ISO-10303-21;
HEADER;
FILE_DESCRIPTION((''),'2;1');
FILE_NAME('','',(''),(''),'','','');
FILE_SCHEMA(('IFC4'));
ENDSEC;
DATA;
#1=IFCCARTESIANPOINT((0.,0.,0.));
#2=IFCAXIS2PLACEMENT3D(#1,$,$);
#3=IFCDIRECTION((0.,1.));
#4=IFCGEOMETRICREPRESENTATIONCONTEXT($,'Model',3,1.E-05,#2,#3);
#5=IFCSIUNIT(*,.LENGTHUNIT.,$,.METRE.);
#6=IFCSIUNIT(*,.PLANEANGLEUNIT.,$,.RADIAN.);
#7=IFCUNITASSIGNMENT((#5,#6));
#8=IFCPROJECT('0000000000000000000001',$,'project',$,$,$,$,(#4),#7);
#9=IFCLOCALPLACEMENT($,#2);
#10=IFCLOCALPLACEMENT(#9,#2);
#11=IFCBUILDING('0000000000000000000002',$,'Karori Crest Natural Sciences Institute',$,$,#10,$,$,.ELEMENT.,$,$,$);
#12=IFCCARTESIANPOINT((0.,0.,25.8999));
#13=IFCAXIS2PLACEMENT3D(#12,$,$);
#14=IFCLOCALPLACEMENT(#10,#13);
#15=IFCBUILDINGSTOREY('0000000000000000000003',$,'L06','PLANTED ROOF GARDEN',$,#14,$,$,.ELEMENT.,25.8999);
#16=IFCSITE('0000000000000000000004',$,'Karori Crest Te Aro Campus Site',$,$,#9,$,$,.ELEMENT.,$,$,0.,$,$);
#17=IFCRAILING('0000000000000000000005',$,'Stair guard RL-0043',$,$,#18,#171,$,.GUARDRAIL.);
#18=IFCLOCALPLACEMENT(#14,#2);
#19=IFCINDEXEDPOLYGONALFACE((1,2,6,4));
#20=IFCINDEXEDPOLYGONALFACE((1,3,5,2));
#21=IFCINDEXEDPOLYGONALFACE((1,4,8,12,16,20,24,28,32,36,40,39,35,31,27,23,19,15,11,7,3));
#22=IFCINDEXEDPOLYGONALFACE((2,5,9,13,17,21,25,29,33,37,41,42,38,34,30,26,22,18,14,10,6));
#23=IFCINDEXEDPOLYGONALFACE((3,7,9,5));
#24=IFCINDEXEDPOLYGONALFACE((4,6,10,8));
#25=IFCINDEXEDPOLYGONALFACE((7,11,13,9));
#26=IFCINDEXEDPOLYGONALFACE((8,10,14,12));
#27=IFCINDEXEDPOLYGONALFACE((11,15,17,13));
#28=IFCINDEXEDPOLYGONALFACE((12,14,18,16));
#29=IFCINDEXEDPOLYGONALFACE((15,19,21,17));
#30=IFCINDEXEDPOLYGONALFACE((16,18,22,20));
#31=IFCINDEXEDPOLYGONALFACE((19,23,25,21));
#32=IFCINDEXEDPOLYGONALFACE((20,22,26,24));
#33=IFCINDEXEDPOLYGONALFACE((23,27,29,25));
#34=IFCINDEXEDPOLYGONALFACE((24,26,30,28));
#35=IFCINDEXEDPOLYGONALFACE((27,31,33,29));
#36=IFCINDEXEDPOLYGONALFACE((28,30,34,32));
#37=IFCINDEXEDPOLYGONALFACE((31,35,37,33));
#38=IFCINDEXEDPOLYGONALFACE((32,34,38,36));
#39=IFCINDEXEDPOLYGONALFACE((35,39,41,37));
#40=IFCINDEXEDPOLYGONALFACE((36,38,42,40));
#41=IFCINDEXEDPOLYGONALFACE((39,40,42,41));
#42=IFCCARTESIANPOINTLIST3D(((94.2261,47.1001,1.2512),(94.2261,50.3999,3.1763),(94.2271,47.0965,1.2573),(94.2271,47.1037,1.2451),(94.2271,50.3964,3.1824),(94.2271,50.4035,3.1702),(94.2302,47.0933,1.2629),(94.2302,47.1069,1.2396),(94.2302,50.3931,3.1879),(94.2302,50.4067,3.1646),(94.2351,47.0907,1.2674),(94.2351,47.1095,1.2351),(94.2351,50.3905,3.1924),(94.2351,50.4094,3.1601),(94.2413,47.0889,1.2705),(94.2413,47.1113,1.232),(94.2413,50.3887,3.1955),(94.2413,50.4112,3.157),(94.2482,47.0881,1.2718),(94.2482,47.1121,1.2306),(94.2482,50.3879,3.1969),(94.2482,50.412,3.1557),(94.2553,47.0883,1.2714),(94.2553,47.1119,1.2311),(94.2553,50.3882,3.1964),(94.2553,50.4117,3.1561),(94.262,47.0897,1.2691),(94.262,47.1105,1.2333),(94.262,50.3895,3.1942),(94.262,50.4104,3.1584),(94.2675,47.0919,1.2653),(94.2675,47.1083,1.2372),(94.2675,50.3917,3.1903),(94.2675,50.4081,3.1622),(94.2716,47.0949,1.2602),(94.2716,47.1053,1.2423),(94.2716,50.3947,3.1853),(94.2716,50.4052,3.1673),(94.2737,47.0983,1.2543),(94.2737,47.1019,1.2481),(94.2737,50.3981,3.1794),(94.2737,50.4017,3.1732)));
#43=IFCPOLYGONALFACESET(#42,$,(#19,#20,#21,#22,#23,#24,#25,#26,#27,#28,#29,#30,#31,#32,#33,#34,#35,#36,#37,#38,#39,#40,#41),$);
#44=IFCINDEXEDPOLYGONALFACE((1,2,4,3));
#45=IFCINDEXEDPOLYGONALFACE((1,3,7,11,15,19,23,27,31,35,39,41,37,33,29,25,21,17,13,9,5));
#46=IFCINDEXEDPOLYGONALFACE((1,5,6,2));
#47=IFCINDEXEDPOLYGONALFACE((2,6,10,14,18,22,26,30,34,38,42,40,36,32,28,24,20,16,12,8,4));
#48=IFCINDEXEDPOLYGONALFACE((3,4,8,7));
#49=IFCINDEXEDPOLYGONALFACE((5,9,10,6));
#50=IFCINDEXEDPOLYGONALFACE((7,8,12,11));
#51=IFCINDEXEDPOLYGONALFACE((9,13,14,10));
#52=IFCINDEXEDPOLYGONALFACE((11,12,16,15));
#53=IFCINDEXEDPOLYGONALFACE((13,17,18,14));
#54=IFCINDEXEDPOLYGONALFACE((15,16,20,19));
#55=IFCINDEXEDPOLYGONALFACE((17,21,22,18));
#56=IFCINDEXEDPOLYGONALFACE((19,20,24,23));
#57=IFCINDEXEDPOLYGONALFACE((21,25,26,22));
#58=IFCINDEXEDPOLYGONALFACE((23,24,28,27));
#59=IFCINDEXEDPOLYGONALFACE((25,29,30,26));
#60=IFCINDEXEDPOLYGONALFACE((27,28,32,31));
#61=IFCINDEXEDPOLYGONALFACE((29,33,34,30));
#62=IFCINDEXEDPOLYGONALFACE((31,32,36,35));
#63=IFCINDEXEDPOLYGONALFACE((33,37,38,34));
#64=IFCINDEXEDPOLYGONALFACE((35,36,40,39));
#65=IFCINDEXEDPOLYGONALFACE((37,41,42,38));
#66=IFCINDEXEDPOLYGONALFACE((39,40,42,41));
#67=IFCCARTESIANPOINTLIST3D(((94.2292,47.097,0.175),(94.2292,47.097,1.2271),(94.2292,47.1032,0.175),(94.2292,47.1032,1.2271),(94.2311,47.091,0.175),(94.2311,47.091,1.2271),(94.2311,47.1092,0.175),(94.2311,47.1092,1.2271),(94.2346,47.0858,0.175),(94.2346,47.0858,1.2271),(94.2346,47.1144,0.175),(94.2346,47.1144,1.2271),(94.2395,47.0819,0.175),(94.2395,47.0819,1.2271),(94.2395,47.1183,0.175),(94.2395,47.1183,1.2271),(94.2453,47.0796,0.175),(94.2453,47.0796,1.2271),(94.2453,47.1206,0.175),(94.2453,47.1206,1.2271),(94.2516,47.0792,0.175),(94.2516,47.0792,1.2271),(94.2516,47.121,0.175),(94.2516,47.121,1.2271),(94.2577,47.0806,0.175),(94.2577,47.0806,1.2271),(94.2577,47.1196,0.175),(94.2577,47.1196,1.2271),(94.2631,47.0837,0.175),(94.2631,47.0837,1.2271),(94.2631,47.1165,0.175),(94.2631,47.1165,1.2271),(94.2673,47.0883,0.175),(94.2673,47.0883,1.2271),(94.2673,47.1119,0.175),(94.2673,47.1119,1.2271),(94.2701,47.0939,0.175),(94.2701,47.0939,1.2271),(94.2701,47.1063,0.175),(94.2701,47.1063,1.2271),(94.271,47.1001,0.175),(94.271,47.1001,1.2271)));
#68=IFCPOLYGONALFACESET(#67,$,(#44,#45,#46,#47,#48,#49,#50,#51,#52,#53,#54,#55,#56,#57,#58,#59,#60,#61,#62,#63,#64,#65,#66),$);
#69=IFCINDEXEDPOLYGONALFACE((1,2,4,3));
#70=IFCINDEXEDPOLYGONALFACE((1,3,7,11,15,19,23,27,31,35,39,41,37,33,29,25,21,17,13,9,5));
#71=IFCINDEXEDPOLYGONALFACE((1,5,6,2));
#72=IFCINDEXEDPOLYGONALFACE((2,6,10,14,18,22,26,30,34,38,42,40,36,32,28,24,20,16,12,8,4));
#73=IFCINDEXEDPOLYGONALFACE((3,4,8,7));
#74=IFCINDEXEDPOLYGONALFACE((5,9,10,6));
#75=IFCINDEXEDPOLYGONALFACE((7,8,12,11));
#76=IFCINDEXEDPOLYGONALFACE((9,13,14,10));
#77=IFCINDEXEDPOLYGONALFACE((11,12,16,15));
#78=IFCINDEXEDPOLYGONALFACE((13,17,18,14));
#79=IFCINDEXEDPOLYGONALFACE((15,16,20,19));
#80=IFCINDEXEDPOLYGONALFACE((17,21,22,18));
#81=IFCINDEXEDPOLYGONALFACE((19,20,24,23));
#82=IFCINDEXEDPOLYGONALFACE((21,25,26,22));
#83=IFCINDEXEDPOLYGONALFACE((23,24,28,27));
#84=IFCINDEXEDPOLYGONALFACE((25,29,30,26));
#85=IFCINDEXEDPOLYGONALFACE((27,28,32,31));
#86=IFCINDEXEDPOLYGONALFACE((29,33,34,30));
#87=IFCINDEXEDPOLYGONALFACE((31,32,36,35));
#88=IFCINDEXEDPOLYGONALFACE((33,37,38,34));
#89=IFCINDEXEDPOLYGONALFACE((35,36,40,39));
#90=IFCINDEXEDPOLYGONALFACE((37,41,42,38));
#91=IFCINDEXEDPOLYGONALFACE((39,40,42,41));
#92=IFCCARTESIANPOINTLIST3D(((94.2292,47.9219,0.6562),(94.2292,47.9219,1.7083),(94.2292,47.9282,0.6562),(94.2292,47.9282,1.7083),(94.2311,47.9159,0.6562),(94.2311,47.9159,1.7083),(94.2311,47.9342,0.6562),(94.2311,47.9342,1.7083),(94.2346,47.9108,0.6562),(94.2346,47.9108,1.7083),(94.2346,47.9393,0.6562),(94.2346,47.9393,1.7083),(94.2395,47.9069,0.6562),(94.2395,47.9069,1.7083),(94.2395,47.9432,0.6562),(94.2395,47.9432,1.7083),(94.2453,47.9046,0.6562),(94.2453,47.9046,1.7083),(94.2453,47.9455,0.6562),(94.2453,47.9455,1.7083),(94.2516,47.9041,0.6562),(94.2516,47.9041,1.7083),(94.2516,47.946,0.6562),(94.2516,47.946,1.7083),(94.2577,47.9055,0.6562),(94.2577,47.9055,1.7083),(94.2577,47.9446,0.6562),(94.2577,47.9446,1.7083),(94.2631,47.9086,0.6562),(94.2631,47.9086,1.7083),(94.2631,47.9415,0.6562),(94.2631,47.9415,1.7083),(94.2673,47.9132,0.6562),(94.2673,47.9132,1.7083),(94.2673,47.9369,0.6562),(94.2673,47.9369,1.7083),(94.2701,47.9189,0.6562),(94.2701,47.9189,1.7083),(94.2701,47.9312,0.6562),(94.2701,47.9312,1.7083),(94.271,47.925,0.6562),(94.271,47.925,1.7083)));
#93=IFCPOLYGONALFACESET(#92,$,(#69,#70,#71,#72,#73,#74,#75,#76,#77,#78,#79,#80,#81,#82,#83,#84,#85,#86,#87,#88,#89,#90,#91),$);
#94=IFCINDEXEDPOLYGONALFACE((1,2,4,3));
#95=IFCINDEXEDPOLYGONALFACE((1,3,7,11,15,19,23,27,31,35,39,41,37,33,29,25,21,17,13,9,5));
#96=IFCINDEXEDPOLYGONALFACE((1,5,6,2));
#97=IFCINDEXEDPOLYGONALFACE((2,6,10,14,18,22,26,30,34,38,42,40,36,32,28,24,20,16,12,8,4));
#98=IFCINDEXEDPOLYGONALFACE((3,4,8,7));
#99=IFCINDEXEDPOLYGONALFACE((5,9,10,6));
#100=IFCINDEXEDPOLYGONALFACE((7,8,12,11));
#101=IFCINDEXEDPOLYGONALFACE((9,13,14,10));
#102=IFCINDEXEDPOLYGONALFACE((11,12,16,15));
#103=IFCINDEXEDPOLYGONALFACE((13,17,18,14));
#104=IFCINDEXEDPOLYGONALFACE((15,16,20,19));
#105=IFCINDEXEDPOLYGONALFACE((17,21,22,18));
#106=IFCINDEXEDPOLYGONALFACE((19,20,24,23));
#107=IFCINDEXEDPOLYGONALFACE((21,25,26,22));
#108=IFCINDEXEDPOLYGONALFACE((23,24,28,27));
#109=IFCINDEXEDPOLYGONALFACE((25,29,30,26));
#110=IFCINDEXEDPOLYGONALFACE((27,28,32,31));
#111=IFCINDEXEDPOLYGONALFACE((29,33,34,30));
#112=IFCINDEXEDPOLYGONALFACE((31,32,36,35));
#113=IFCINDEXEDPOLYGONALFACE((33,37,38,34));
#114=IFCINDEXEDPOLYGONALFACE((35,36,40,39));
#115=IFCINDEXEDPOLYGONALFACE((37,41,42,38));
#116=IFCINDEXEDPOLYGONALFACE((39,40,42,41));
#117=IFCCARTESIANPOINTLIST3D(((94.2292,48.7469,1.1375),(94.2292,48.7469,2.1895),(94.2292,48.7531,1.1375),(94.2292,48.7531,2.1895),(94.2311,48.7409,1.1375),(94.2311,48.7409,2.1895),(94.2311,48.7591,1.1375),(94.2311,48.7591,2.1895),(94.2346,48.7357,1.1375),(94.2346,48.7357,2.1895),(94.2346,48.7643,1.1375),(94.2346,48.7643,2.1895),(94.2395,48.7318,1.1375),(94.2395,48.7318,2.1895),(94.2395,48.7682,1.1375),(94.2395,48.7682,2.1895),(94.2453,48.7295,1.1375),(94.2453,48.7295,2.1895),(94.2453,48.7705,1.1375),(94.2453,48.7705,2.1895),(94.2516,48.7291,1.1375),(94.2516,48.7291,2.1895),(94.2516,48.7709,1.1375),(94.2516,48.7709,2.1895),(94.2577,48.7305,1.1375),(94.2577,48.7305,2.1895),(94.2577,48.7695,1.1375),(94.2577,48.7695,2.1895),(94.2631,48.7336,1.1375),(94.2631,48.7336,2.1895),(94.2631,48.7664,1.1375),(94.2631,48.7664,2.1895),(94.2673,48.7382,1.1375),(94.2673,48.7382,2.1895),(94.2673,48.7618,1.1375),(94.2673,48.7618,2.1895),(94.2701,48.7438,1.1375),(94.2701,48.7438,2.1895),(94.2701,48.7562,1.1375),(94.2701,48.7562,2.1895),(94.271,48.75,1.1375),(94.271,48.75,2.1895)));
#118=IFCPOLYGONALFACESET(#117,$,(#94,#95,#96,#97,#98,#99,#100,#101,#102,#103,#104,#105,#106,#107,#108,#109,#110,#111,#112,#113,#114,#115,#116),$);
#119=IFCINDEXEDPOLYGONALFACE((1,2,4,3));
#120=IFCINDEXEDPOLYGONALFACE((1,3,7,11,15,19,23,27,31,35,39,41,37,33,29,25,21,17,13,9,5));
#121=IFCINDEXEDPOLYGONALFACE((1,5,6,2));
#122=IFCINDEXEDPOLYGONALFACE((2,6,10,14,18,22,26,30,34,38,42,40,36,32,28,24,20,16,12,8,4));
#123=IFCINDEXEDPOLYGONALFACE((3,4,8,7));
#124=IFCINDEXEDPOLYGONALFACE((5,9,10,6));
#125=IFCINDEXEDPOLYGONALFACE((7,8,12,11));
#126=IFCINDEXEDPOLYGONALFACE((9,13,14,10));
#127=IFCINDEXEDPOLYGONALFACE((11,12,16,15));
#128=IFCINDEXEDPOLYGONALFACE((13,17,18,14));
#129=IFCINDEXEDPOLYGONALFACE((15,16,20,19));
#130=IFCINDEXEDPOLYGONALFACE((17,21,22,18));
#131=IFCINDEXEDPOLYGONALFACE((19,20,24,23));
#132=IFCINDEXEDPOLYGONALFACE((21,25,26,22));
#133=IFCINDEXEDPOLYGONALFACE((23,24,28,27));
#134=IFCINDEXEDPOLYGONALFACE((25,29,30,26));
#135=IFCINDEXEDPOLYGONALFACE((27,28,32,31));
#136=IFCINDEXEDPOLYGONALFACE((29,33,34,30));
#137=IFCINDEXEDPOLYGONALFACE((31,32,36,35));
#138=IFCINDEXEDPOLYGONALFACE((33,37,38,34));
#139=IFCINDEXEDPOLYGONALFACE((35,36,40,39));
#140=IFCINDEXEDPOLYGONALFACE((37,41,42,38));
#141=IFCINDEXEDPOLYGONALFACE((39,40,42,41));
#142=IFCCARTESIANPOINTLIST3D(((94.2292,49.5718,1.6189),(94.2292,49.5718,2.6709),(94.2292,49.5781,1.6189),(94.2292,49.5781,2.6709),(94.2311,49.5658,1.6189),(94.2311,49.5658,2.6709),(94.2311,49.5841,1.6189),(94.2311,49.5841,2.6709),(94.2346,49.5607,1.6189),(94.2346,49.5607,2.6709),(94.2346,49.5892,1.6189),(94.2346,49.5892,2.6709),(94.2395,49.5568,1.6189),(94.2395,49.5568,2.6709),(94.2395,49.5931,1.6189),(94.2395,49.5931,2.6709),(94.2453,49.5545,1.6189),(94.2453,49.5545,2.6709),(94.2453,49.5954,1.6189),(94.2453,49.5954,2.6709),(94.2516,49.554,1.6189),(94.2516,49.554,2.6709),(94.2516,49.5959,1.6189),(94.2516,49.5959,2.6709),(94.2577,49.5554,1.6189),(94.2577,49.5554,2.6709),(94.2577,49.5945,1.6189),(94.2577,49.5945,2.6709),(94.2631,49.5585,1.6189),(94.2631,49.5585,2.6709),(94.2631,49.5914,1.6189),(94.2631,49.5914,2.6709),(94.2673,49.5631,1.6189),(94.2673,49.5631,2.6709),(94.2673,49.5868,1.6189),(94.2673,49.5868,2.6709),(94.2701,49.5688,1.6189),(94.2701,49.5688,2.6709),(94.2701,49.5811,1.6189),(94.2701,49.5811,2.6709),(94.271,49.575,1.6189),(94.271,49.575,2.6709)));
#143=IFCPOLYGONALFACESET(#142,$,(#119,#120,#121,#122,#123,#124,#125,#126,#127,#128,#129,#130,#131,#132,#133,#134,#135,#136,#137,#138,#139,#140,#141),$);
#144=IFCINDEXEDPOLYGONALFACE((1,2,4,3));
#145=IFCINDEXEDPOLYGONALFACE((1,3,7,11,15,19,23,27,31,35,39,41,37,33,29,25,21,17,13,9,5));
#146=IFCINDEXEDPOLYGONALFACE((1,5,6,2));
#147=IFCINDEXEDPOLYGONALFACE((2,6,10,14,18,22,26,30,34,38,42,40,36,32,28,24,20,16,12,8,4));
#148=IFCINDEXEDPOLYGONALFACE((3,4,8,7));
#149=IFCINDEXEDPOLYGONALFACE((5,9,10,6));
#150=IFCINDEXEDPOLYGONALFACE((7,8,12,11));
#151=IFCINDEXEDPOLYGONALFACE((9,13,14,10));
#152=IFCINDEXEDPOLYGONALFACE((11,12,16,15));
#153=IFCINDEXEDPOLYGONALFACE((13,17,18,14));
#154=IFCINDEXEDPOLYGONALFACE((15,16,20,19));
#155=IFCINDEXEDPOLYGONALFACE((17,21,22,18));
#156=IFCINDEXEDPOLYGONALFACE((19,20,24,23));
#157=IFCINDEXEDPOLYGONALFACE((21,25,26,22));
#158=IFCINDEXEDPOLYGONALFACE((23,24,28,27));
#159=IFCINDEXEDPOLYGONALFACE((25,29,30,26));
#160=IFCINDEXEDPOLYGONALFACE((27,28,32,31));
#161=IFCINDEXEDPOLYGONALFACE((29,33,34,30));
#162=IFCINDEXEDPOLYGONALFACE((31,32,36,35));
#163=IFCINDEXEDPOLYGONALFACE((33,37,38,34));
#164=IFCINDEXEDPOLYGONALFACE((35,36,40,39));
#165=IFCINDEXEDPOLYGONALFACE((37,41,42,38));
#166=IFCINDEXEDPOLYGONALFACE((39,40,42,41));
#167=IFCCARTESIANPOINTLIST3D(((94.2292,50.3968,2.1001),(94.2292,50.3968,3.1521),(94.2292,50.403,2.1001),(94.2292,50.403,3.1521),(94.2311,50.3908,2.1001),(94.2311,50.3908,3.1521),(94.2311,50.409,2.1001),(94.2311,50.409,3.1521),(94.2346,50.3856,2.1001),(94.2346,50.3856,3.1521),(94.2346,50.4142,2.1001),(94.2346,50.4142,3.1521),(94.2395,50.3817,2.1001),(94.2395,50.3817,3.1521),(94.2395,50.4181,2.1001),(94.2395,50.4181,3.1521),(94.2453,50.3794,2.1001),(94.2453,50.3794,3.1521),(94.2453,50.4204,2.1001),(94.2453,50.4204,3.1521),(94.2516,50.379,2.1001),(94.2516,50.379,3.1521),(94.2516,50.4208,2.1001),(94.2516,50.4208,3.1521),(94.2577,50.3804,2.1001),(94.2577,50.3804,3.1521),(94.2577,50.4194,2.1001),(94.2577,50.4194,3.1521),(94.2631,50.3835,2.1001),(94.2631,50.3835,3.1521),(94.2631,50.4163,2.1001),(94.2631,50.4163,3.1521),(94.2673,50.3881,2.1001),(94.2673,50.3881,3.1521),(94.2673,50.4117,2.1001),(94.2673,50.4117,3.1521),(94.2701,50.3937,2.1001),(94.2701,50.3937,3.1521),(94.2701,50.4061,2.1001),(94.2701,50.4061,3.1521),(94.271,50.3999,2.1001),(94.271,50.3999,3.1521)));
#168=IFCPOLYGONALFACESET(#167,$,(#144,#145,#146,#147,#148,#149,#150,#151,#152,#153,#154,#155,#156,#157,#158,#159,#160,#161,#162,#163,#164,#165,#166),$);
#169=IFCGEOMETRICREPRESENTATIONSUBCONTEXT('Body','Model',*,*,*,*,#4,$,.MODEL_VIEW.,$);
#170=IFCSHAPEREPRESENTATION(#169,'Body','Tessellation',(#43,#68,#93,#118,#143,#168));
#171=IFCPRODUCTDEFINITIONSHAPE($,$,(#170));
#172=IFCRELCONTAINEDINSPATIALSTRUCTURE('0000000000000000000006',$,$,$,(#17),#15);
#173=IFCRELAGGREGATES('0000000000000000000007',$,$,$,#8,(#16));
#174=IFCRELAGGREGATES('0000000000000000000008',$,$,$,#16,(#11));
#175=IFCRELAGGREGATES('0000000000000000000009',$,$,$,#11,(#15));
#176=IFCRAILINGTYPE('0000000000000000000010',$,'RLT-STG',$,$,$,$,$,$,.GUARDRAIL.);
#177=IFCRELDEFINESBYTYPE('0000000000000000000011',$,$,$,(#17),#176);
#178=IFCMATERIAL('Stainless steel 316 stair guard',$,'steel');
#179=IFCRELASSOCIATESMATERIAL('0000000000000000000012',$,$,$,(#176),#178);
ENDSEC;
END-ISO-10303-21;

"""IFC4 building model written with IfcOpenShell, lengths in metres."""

from ifc_helpers import new_model, si_unit, direction, frame, origin, origin_2d, place, context, subcontext, project, spatial, circle, extrude, material, type_object, element, save


model = new_model("IFC4")

# Units and contexts
model_context = context("Model", 3, precision=1e-05, world=origin(), true_north=direction((0.0, 1.0)))
body_context = subcontext(model_context, "Body", "Model", "MODEL_VIEW")
ifc_project = project(units=[si_unit("LENGTHUNIT", "METRE"), si_unit("PLANEANGLEUNIT", "RADIAN")], contexts=[model_context])

# Site, building, storey
site_placement = place(None, origin())
site = spatial("IfcSite", under=ifc_project, at=site_placement, Name="Karori Crest Te Aro Campus Site", CompositionType="ELEMENT", RefElevation=0.0)
building_placement = place(site_placement, origin())
building = spatial("IfcBuilding", under=site, at=building_placement, Name="Karori Crest Natural Sciences Institute", CompositionType="ELEMENT")
storey_placement = place(building_placement, frame((0.0, 0.0, 25.8999)))
storey = spatial("IfcBuildingStorey", under=building, at=storey_placement, Name="L06", Description="PLANTED ROOF GARDEN", CompositionType="ELEMENT", Elevation=25.8999)

# Railing
ifc_material_1 = material(Name="Stainless steel 316 stair guard", Category="steel")
railing_type_1 = type_object("IfcRailingType", Name="RLT-STG", PredefinedType="GUARDRAIL", material=ifc_material_1)
railing_1_placement = place(storey_placement, frame((94.25, 47.1001, 0.175)))
element("IfcRailing", 1, at=railing_1_placement, inside=storey, type_object=railing_type_1, Name="Stair guard RL-0043", PredefinedType="GUARDRAIL", context=body_context, shape_type="SweptSolid", body=[
    extrude(circle(Radius=0.0239, at=origin_2d()), frame((0.0, 0.0, 1.0762), z_axis=(0.0, 0.86376, 0.503903), x_axis=(-1.0, 0.0, 0.0)), (0.0, 0.0, 1.0), 3.8203),
    extrude(circle(Radius=0.021, at=origin_2d()), origin(), (0.0, 0.0, 1.0), 1.052),
    extrude(circle(Radius=0.021, at=origin_2d()), frame((0.0, 0.825, 0.4812)), (0.0, 0.0, 1.0), 1.052),
    extrude(circle(Radius=0.021, at=origin_2d()), frame((0.0, 1.6499, 0.9624)), (0.0, 0.0, 1.0), 1.052),
    extrude(circle(Radius=0.021, at=origin_2d()), frame((0.0, 2.4749, 1.4438)), (0.0, 0.0, 1.0), 1.052),
    extrude(circle(Radius=0.021, at=origin_2d()), frame((0.0, 3.2998, 1.925)), (0.0, 0.0, 1.0), 1.052),
])

save(model, "model.ifc")
